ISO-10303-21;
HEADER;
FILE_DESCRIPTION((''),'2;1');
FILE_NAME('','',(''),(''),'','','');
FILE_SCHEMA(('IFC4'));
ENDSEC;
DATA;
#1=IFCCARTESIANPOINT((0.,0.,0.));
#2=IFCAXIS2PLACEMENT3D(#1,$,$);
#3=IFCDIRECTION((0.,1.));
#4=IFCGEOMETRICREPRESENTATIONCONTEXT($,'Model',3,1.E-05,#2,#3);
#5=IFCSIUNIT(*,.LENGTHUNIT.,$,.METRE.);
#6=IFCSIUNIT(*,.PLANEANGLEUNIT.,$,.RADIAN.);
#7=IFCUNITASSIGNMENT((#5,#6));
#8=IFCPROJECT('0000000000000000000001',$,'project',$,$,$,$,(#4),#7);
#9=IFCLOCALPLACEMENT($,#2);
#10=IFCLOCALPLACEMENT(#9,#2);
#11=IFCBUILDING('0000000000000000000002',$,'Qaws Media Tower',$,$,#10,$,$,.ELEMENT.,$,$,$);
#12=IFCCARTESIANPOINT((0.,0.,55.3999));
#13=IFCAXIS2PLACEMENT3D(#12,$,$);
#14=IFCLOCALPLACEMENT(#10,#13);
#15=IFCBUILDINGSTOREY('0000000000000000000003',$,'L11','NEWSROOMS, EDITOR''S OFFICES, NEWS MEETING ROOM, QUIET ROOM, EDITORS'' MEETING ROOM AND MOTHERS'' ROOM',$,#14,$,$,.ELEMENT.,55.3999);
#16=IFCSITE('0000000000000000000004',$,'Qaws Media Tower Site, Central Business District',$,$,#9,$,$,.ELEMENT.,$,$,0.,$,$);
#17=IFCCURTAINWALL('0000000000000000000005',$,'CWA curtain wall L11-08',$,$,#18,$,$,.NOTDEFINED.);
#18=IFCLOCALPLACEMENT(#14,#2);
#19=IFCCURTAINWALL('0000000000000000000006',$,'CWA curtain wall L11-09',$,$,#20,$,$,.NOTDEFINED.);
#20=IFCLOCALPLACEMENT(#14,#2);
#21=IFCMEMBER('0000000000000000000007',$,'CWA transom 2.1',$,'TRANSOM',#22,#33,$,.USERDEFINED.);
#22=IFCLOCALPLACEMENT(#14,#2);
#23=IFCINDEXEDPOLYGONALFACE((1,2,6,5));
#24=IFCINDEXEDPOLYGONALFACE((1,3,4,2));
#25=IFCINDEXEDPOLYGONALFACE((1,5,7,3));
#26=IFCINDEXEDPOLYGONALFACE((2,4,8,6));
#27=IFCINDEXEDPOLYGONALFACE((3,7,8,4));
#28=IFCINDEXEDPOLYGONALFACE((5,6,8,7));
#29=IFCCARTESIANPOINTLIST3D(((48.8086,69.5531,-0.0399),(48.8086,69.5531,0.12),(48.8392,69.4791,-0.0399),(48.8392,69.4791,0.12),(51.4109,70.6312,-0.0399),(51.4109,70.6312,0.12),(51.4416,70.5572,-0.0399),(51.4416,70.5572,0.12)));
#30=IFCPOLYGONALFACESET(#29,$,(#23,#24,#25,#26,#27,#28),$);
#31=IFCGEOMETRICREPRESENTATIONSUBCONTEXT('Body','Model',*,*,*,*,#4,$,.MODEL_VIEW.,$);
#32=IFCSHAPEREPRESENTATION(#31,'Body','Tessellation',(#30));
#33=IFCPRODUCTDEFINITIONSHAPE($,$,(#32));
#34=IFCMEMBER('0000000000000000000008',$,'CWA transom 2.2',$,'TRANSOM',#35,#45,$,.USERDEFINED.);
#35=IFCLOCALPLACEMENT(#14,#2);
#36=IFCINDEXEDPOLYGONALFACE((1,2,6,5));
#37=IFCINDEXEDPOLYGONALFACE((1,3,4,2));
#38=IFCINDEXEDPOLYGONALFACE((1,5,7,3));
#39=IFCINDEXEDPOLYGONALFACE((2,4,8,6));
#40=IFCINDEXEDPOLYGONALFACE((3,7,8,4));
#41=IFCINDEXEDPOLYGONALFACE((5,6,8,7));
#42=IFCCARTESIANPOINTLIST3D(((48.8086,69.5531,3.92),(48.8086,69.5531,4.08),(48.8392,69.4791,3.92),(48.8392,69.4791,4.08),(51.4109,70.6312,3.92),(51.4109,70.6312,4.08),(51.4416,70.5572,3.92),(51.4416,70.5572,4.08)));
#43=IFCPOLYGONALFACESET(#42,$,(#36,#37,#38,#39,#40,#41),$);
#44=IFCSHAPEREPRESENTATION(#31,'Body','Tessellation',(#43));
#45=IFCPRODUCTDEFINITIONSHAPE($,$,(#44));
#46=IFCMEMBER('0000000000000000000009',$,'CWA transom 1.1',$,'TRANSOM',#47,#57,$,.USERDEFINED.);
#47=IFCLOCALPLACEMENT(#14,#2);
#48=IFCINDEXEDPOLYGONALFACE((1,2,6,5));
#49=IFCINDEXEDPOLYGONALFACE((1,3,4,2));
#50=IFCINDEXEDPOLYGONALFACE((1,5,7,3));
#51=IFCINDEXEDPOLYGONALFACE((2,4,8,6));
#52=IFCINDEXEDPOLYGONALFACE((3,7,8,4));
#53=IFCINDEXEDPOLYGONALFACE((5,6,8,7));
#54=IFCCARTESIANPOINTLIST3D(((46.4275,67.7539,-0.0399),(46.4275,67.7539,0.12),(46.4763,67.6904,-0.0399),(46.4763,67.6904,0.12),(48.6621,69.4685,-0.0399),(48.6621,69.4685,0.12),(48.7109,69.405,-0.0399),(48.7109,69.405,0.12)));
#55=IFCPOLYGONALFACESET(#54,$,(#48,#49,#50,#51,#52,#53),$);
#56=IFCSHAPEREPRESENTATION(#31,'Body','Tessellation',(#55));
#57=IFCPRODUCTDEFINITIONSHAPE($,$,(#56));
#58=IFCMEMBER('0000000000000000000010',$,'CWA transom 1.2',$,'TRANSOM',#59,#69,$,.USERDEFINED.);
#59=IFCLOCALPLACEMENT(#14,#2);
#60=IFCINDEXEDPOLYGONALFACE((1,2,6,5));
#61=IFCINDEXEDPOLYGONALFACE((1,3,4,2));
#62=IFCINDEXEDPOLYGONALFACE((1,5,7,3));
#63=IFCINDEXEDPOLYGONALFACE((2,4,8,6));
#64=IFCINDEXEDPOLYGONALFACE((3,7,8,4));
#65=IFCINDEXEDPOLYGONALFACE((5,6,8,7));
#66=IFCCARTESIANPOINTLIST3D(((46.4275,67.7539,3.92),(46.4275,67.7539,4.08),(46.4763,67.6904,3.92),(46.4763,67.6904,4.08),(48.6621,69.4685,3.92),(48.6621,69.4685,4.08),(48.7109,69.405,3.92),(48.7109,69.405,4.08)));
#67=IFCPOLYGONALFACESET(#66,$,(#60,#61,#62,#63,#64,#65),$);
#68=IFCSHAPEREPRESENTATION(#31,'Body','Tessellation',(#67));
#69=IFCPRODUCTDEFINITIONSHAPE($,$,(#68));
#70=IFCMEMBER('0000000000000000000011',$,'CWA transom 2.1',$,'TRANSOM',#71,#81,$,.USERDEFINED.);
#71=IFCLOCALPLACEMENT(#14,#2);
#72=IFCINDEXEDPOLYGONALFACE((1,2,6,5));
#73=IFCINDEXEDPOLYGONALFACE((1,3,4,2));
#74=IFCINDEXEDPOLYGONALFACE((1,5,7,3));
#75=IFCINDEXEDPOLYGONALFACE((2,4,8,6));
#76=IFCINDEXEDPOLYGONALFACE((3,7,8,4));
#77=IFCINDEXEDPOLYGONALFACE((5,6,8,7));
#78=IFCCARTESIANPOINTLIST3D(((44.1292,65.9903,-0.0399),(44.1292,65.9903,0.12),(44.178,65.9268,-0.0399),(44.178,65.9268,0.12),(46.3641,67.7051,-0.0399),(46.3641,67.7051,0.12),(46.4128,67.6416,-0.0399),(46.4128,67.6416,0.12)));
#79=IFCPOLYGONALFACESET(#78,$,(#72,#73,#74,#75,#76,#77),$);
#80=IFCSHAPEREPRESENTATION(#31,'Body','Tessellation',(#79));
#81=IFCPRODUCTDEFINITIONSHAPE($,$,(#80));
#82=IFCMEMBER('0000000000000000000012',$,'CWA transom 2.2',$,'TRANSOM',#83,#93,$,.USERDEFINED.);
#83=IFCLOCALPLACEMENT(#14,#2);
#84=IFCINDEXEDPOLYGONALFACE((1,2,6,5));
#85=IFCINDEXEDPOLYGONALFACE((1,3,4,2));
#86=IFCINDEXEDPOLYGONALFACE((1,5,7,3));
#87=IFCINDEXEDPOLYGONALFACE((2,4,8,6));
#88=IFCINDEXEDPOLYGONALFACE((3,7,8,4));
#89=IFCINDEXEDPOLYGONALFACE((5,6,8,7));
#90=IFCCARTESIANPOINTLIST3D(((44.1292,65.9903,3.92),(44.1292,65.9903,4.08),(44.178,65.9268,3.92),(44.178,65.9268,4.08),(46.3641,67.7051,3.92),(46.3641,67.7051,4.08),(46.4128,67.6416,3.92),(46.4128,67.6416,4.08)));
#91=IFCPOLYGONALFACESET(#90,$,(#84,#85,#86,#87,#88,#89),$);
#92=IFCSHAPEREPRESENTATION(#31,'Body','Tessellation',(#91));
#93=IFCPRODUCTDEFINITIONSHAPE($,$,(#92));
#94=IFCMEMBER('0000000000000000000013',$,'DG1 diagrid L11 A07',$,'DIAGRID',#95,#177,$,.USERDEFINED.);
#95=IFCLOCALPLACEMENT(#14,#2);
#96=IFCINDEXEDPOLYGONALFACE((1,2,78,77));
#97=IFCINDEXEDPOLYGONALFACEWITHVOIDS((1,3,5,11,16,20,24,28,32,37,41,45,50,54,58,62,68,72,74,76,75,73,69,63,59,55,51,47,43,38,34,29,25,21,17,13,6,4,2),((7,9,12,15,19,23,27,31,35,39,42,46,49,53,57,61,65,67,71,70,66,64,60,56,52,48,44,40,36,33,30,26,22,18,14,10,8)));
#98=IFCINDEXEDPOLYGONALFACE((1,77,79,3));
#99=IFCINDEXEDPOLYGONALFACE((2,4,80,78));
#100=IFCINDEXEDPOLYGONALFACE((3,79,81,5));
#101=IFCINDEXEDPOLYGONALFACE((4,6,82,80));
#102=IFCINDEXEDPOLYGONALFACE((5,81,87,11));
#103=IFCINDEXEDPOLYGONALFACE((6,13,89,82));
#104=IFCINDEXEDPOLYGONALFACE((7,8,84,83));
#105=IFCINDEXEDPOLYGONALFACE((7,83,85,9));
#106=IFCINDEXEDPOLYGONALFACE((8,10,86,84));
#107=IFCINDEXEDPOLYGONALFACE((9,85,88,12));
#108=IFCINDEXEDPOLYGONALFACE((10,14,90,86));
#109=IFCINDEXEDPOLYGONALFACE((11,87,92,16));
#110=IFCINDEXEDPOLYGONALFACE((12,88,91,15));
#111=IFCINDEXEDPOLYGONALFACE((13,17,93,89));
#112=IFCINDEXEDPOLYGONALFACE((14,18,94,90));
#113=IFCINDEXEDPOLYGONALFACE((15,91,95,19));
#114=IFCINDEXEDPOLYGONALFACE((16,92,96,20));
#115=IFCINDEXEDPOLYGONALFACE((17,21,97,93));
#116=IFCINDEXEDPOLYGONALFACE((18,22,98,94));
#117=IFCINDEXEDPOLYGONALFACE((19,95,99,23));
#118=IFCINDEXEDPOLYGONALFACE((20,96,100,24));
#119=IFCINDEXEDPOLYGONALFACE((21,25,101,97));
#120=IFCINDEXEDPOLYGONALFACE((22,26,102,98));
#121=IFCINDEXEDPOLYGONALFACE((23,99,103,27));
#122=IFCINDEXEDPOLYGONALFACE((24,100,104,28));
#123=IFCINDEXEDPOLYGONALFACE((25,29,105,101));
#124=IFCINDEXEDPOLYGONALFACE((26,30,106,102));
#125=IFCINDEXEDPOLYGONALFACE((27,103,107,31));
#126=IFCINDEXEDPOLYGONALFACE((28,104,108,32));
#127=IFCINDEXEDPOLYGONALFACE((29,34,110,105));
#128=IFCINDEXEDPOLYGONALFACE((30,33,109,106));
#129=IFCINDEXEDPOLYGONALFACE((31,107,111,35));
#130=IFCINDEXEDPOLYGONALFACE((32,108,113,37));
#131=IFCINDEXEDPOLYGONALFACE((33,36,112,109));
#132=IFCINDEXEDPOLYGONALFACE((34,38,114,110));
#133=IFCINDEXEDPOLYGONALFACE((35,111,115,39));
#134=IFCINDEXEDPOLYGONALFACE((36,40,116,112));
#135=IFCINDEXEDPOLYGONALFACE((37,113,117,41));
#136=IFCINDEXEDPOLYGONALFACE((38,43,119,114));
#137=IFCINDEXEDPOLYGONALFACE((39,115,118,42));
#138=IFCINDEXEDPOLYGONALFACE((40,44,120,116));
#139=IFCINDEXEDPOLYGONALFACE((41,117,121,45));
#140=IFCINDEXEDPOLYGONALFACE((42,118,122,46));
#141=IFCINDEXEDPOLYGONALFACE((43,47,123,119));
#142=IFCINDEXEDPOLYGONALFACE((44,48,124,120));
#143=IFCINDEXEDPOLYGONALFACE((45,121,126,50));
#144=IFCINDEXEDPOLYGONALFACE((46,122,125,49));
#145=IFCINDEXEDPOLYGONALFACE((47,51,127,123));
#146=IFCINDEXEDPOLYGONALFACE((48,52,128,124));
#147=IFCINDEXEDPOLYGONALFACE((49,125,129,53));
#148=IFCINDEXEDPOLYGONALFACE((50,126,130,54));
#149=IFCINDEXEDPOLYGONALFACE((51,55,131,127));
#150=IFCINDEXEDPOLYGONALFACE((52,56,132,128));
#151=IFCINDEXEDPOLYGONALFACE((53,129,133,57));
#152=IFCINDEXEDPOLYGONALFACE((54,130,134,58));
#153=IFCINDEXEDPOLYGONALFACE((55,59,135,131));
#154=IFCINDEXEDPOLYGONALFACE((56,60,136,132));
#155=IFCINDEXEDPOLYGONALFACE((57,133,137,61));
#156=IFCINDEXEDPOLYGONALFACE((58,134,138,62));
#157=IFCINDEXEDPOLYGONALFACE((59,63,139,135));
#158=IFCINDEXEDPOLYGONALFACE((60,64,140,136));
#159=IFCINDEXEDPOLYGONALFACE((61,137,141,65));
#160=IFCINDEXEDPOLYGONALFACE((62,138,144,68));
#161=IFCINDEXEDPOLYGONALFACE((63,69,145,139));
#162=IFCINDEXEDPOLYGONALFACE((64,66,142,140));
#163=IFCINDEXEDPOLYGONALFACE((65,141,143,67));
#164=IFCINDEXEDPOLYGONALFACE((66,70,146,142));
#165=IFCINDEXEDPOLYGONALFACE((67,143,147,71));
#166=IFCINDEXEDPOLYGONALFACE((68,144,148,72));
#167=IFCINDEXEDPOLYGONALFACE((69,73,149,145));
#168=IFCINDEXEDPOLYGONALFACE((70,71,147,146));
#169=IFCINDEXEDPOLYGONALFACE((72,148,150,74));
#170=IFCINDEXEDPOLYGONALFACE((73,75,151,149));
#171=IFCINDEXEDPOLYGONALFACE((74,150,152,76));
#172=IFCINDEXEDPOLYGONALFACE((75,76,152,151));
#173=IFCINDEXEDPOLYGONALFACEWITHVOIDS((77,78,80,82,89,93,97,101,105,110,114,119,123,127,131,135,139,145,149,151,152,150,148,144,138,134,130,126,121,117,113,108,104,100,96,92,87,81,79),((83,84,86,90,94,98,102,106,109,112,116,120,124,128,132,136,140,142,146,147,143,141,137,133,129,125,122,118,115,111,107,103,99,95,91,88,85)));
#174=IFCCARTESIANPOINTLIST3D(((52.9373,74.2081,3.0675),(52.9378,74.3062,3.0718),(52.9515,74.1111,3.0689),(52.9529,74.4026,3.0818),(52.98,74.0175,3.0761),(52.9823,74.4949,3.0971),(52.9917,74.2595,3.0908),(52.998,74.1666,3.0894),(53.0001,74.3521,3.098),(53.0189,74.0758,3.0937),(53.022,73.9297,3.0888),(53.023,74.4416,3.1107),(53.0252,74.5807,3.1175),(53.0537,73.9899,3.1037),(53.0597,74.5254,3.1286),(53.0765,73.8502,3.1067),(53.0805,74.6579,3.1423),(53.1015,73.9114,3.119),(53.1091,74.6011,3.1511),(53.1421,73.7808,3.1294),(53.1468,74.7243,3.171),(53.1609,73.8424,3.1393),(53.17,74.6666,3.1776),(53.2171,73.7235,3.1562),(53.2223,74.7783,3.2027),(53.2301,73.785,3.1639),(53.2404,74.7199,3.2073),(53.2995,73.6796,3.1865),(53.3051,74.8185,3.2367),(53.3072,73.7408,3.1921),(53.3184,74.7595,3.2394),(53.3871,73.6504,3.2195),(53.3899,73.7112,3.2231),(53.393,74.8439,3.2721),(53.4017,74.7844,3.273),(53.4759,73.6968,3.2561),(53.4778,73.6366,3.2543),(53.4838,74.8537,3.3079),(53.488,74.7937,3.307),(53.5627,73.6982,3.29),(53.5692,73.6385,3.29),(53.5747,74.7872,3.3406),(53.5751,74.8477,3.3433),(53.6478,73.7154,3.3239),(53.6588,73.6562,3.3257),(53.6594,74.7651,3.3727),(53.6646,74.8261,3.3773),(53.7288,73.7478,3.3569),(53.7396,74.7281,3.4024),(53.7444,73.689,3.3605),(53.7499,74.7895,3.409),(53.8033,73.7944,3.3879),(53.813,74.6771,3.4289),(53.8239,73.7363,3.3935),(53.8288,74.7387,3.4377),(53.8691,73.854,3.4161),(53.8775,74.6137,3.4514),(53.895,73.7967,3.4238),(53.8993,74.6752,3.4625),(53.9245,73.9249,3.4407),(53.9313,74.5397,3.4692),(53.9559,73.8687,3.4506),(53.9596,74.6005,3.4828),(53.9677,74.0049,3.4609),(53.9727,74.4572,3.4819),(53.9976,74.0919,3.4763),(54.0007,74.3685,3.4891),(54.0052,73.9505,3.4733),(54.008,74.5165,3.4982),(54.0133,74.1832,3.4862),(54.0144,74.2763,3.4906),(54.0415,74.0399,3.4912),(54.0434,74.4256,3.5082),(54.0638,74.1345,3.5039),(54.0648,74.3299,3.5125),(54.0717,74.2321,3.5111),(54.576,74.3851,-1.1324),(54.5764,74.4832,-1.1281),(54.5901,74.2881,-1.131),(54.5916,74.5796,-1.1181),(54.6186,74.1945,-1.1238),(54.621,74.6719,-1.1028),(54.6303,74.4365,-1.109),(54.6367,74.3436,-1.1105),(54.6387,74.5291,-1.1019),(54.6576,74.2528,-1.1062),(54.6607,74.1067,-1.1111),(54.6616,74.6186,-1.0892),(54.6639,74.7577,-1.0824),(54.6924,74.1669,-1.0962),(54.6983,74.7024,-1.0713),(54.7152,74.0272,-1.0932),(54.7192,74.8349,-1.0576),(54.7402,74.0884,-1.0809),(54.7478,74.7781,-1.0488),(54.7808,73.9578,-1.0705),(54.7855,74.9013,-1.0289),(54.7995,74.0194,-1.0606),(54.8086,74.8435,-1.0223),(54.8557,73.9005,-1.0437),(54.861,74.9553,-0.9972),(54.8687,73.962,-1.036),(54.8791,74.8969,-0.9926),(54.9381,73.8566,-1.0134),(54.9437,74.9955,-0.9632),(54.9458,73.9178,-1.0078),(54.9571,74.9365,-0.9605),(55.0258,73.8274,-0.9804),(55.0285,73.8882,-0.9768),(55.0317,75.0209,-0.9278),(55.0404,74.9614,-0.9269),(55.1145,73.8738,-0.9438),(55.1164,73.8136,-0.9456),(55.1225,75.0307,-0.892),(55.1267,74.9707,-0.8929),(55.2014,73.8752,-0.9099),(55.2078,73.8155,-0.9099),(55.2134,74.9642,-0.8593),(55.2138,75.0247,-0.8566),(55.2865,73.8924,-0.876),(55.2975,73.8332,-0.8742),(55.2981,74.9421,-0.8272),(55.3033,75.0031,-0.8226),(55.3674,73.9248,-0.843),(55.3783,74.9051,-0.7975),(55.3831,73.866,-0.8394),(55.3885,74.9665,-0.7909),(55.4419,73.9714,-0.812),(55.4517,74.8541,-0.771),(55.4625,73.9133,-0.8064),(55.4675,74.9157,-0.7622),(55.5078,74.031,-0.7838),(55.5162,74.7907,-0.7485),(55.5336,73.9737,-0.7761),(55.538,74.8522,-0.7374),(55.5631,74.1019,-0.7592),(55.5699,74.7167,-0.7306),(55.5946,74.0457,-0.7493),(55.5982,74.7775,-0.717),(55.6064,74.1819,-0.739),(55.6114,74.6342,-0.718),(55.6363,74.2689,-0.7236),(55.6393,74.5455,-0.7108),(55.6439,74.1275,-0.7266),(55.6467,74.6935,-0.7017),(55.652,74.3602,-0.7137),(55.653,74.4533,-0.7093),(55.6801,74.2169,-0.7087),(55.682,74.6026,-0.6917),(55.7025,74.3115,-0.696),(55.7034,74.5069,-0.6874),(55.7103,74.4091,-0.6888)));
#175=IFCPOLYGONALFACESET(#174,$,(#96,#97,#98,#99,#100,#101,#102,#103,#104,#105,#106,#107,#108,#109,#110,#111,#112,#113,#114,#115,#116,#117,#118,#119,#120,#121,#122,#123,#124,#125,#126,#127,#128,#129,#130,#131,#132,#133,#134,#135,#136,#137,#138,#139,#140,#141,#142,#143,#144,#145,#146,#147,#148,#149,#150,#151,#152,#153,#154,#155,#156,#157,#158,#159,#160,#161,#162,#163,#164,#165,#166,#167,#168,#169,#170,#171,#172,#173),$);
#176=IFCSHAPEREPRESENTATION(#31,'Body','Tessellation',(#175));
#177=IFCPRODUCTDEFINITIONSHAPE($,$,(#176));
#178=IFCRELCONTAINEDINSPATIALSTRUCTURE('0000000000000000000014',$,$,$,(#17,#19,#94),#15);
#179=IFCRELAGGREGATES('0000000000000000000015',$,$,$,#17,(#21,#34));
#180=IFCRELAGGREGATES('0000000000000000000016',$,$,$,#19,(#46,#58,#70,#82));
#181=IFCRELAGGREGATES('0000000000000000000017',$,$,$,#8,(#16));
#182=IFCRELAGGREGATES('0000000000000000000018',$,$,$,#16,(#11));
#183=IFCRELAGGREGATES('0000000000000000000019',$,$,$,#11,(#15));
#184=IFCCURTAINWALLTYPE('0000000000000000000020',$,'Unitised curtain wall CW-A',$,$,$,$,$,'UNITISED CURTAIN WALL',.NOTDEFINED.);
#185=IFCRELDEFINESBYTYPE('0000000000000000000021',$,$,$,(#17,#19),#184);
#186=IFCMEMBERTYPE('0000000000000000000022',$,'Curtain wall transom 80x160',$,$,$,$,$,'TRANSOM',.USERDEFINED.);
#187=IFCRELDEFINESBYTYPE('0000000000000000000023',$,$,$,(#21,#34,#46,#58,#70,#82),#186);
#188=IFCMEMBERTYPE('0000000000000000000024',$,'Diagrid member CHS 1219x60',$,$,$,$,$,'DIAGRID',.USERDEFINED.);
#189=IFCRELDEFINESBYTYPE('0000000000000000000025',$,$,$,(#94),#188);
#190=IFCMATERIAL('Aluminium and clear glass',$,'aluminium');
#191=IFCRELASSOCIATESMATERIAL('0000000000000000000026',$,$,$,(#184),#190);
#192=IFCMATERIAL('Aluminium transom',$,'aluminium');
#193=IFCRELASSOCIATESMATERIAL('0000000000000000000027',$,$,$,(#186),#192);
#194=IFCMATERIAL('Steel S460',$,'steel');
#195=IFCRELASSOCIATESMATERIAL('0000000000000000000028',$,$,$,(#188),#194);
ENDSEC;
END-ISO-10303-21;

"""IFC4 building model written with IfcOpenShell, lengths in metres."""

from ifc_helpers import new_model, si_unit, direction, frame, origin, origin_2d, place, context, subcontext, project, spatial, rectangle, hollow_circle, extrude, material, material_profile, profile_set, type_object, element, aggregate, save


model = new_model("IFC4")

# Units and contexts
model_context = context("Model", 3, precision=1e-05, world=origin(), true_north=direction((0.0, 1.0)))
body_context = subcontext(model_context, "Body", "Model", "MODEL_VIEW")
ifc_project = project(units=[si_unit("LENGTHUNIT", "METRE"), si_unit("PLANEANGLEUNIT", "RADIAN")], contexts=[model_context])

# Site, building, storey
site_placement = place(None, origin())
site = spatial("IfcSite", under=ifc_project, at=site_placement, Name="Qaws Media Tower Site, Central Business District", CompositionType="ELEMENT", RefElevation=0.0)
building_placement = place(site_placement, origin())
building = spatial("IfcBuilding", under=site, at=building_placement, Name="Qaws Media Tower", CompositionType="ELEMENT")
storey_placement = place(building_placement, frame((0.0, 0.0, 55.3999)))
storey = spatial("IfcBuildingStorey", under=building, at=storey_placement, Name="L11", Description="NEWSROOMS, EDITOR'S OFFICES, NEWS MEETING ROOM, QUIET ROOM, EDITORS' MEETING ROOM AND MOTHERS' ROOM", CompositionType="ELEMENT", Elevation=55.3999)

# Curtain walls
ifc_material_1 = material(Name="Aluminium and clear glass", Category="aluminium")
curtain_wall_type = type_object("IfcCurtainWallType", Name="Unitised curtain wall CW-A", ElementType="UNITISED CURTAIN WALL", PredefinedType="NOTDEFINED", material=ifc_material_1)
curtain_wall_1_placement = place(storey_placement, origin())
curtain_wall_1 = element("IfcCurtainWall", 1, at=curtain_wall_1_placement, inside=storey, type_object=curtain_wall_type, Name="CWA curtain wall L11-08", PredefinedType="NOTDEFINED")
curtain_wall_2_placement = place(storey_placement, origin())
curtain_wall_2 = element("IfcCurtainWall", 2, at=curtain_wall_2_placement, inside=storey, type_object=curtain_wall_type, Name="CWA curtain wall L11-09", PredefinedType="NOTDEFINED")

# Members
ifc_material_2 = material(Name="Aluminium transom", Category="aluminium")
ifc_material_profile_1 = material_profile(ifc_material_2, rectangle(XDim=0.0801, YDim=0.1599, at=origin_2d()), Name="80x160")
ifc_profile_set_1 = profile_set([ifc_material_profile_1], Name="Aluminium transom")
member_type_1 = type_object("IfcMemberType", Name="Curtain wall transom 80x160", ElementType="TRANSOM", PredefinedType="USERDEFINED", material=ifc_profile_set_1)
member_1_placement = place(storey_placement, frame((51.4263, 70.5942, 0.04), z_axis=(-0.923852, -0.38275, 0.0), x_axis=(0.38275, -0.923852, 0.0)))
member_1 = element("IfcMember", 3, at=member_1_placement, type_object=member_type_1, Name="CWA transom 2.1", ObjectType="TRANSOM", PredefinedType="USERDEFINED", context=body_context, shape_type="SweptSolid", body=[
    extrude(rectangle(XDim=0.0801, YDim=0.1599, at=origin_2d()), origin(), (0.0, 0.0, 1.0), 2.8169),
])
member_2_placement = place(storey_placement, frame((51.4263, 70.5942, 4.0), z_axis=(-0.923852, -0.38275, 0.0), x_axis=(0.38275, -0.923852, 0.0)))
member_2 = element("IfcMember", 4, at=member_2_placement, type_object=member_type_1, Name="CWA transom 2.2", ObjectType="TRANSOM", PredefinedType="USERDEFINED", context=body_context, shape_type="SweptSolid", body=[
    extrude(rectangle(XDim=0.0801, YDim=0.1599, at=origin_2d()), origin(), (0.0, 0.0, 1.0), 2.8169),
])
member_3_placement = place(storey_placement, frame((48.6865, 69.4368, 0.04), z_axis=(-0.793368, -0.608743, 0.0), x_axis=(0.608743, -0.793368, 0.0)))
member_3 = element("IfcMember", 5, at=member_3_placement, type_object=member_type_1, Name="CWA transom 1.1", ObjectType="TRANSOM", PredefinedType="USERDEFINED", context=body_context, shape_type="SweptSolid", body=[
    extrude(rectangle(XDim=0.0801, YDim=0.1599, at=origin_2d()), origin(), (0.0, 0.0, 1.0), 2.8167),
])
member_4_placement = place(storey_placement, frame((48.6865, 69.4368, 4.0), z_axis=(-0.793368, -0.608743, 0.0), x_axis=(0.608743, -0.793368, 0.0)))
member_4 = element("IfcMember", 6, at=member_4_placement, type_object=member_type_1, Name="CWA transom 1.2", ObjectType="TRANSOM", PredefinedType="USERDEFINED", context=body_context, shape_type="SweptSolid", body=[
    extrude(rectangle(XDim=0.0801, YDim=0.1599, at=origin_2d()), origin(), (0.0, 0.0, 1.0), 2.8167),
])
member_5_placement = place(storey_placement, frame((46.3884, 67.6733, 0.04), z_axis=(-0.793358, -0.608755, 0.0), x_axis=(0.608755, -0.793358, 0.0)))
member_5 = element("IfcMember", 7, at=member_5_placement, type_object=member_type_1, Name="CWA transom 2.1", ObjectType="TRANSOM", PredefinedType="USERDEFINED", context=body_context, shape_type="SweptSolid", body=[
    extrude(rectangle(XDim=0.0801, YDim=0.1599, at=origin_2d()), origin(), (0.0, 0.0, 1.0), 2.8169),
])
member_6_placement = place(storey_placement, frame((46.3884, 67.6733, 4.0), z_axis=(-0.793358, -0.608755, 0.0), x_axis=(0.608755, -0.793358, 0.0)))
member_6 = element("IfcMember", 8, at=member_6_placement, type_object=member_type_1, Name="CWA transom 2.2", ObjectType="TRANSOM", PredefinedType="USERDEFINED", context=body_context, shape_type="SweptSolid", body=[
    extrude(rectangle(XDim=0.0801, YDim=0.1599, at=origin_2d()), origin(), (0.0, 0.0, 1.0), 2.8169),
])

# Member
ifc_material_3 = material(Name="Steel S460", Category="steel")
ifc_material_profile_2 = material_profile(ifc_material_3, hollow_circle(Radius=0.6096, WallThickness=0.0601, at=origin_2d()), Name="CHS 1219x60")
ifc_profile_set_2 = profile_set([ifc_material_profile_2], Name="Steel S460")
member_type_2 = type_object("IfcMemberType", Name="Diagrid member CHS 1219x60", ElementType="DIAGRID", PredefinedType="USERDEFINED", material=ifc_profile_set_2)
for number, where, z_axis, x_axis, name in (
    (9, (55.1423, 74.4216, -0.9099), (-0.363198, -0.039231, 0.930885), (0.107391, -0.994217, 0.0), "DG1 diagrid L11 A07"),
):
    element("IfcMember", number, at=place(storey_placement, frame(where, z_axis=z_axis, x_axis=x_axis)), inside=storey, type_object=member_type_2, Name=name, ObjectType="DIAGRID", PredefinedType="USERDEFINED", context=body_context, shape_type="SweptSolid", body=[
        extrude(hollow_circle(Radius=0.6096, WallThickness=0.0601, at=origin_2d()), origin(), (0.0, 0.0, 1.0), 4.5117),
    ])

aggregate(curtain_wall_1, [member_1, member_2])
aggregate(curtain_wall_2, [member_3, member_4, member_5, member_6])

save(model, "model.ifc")
